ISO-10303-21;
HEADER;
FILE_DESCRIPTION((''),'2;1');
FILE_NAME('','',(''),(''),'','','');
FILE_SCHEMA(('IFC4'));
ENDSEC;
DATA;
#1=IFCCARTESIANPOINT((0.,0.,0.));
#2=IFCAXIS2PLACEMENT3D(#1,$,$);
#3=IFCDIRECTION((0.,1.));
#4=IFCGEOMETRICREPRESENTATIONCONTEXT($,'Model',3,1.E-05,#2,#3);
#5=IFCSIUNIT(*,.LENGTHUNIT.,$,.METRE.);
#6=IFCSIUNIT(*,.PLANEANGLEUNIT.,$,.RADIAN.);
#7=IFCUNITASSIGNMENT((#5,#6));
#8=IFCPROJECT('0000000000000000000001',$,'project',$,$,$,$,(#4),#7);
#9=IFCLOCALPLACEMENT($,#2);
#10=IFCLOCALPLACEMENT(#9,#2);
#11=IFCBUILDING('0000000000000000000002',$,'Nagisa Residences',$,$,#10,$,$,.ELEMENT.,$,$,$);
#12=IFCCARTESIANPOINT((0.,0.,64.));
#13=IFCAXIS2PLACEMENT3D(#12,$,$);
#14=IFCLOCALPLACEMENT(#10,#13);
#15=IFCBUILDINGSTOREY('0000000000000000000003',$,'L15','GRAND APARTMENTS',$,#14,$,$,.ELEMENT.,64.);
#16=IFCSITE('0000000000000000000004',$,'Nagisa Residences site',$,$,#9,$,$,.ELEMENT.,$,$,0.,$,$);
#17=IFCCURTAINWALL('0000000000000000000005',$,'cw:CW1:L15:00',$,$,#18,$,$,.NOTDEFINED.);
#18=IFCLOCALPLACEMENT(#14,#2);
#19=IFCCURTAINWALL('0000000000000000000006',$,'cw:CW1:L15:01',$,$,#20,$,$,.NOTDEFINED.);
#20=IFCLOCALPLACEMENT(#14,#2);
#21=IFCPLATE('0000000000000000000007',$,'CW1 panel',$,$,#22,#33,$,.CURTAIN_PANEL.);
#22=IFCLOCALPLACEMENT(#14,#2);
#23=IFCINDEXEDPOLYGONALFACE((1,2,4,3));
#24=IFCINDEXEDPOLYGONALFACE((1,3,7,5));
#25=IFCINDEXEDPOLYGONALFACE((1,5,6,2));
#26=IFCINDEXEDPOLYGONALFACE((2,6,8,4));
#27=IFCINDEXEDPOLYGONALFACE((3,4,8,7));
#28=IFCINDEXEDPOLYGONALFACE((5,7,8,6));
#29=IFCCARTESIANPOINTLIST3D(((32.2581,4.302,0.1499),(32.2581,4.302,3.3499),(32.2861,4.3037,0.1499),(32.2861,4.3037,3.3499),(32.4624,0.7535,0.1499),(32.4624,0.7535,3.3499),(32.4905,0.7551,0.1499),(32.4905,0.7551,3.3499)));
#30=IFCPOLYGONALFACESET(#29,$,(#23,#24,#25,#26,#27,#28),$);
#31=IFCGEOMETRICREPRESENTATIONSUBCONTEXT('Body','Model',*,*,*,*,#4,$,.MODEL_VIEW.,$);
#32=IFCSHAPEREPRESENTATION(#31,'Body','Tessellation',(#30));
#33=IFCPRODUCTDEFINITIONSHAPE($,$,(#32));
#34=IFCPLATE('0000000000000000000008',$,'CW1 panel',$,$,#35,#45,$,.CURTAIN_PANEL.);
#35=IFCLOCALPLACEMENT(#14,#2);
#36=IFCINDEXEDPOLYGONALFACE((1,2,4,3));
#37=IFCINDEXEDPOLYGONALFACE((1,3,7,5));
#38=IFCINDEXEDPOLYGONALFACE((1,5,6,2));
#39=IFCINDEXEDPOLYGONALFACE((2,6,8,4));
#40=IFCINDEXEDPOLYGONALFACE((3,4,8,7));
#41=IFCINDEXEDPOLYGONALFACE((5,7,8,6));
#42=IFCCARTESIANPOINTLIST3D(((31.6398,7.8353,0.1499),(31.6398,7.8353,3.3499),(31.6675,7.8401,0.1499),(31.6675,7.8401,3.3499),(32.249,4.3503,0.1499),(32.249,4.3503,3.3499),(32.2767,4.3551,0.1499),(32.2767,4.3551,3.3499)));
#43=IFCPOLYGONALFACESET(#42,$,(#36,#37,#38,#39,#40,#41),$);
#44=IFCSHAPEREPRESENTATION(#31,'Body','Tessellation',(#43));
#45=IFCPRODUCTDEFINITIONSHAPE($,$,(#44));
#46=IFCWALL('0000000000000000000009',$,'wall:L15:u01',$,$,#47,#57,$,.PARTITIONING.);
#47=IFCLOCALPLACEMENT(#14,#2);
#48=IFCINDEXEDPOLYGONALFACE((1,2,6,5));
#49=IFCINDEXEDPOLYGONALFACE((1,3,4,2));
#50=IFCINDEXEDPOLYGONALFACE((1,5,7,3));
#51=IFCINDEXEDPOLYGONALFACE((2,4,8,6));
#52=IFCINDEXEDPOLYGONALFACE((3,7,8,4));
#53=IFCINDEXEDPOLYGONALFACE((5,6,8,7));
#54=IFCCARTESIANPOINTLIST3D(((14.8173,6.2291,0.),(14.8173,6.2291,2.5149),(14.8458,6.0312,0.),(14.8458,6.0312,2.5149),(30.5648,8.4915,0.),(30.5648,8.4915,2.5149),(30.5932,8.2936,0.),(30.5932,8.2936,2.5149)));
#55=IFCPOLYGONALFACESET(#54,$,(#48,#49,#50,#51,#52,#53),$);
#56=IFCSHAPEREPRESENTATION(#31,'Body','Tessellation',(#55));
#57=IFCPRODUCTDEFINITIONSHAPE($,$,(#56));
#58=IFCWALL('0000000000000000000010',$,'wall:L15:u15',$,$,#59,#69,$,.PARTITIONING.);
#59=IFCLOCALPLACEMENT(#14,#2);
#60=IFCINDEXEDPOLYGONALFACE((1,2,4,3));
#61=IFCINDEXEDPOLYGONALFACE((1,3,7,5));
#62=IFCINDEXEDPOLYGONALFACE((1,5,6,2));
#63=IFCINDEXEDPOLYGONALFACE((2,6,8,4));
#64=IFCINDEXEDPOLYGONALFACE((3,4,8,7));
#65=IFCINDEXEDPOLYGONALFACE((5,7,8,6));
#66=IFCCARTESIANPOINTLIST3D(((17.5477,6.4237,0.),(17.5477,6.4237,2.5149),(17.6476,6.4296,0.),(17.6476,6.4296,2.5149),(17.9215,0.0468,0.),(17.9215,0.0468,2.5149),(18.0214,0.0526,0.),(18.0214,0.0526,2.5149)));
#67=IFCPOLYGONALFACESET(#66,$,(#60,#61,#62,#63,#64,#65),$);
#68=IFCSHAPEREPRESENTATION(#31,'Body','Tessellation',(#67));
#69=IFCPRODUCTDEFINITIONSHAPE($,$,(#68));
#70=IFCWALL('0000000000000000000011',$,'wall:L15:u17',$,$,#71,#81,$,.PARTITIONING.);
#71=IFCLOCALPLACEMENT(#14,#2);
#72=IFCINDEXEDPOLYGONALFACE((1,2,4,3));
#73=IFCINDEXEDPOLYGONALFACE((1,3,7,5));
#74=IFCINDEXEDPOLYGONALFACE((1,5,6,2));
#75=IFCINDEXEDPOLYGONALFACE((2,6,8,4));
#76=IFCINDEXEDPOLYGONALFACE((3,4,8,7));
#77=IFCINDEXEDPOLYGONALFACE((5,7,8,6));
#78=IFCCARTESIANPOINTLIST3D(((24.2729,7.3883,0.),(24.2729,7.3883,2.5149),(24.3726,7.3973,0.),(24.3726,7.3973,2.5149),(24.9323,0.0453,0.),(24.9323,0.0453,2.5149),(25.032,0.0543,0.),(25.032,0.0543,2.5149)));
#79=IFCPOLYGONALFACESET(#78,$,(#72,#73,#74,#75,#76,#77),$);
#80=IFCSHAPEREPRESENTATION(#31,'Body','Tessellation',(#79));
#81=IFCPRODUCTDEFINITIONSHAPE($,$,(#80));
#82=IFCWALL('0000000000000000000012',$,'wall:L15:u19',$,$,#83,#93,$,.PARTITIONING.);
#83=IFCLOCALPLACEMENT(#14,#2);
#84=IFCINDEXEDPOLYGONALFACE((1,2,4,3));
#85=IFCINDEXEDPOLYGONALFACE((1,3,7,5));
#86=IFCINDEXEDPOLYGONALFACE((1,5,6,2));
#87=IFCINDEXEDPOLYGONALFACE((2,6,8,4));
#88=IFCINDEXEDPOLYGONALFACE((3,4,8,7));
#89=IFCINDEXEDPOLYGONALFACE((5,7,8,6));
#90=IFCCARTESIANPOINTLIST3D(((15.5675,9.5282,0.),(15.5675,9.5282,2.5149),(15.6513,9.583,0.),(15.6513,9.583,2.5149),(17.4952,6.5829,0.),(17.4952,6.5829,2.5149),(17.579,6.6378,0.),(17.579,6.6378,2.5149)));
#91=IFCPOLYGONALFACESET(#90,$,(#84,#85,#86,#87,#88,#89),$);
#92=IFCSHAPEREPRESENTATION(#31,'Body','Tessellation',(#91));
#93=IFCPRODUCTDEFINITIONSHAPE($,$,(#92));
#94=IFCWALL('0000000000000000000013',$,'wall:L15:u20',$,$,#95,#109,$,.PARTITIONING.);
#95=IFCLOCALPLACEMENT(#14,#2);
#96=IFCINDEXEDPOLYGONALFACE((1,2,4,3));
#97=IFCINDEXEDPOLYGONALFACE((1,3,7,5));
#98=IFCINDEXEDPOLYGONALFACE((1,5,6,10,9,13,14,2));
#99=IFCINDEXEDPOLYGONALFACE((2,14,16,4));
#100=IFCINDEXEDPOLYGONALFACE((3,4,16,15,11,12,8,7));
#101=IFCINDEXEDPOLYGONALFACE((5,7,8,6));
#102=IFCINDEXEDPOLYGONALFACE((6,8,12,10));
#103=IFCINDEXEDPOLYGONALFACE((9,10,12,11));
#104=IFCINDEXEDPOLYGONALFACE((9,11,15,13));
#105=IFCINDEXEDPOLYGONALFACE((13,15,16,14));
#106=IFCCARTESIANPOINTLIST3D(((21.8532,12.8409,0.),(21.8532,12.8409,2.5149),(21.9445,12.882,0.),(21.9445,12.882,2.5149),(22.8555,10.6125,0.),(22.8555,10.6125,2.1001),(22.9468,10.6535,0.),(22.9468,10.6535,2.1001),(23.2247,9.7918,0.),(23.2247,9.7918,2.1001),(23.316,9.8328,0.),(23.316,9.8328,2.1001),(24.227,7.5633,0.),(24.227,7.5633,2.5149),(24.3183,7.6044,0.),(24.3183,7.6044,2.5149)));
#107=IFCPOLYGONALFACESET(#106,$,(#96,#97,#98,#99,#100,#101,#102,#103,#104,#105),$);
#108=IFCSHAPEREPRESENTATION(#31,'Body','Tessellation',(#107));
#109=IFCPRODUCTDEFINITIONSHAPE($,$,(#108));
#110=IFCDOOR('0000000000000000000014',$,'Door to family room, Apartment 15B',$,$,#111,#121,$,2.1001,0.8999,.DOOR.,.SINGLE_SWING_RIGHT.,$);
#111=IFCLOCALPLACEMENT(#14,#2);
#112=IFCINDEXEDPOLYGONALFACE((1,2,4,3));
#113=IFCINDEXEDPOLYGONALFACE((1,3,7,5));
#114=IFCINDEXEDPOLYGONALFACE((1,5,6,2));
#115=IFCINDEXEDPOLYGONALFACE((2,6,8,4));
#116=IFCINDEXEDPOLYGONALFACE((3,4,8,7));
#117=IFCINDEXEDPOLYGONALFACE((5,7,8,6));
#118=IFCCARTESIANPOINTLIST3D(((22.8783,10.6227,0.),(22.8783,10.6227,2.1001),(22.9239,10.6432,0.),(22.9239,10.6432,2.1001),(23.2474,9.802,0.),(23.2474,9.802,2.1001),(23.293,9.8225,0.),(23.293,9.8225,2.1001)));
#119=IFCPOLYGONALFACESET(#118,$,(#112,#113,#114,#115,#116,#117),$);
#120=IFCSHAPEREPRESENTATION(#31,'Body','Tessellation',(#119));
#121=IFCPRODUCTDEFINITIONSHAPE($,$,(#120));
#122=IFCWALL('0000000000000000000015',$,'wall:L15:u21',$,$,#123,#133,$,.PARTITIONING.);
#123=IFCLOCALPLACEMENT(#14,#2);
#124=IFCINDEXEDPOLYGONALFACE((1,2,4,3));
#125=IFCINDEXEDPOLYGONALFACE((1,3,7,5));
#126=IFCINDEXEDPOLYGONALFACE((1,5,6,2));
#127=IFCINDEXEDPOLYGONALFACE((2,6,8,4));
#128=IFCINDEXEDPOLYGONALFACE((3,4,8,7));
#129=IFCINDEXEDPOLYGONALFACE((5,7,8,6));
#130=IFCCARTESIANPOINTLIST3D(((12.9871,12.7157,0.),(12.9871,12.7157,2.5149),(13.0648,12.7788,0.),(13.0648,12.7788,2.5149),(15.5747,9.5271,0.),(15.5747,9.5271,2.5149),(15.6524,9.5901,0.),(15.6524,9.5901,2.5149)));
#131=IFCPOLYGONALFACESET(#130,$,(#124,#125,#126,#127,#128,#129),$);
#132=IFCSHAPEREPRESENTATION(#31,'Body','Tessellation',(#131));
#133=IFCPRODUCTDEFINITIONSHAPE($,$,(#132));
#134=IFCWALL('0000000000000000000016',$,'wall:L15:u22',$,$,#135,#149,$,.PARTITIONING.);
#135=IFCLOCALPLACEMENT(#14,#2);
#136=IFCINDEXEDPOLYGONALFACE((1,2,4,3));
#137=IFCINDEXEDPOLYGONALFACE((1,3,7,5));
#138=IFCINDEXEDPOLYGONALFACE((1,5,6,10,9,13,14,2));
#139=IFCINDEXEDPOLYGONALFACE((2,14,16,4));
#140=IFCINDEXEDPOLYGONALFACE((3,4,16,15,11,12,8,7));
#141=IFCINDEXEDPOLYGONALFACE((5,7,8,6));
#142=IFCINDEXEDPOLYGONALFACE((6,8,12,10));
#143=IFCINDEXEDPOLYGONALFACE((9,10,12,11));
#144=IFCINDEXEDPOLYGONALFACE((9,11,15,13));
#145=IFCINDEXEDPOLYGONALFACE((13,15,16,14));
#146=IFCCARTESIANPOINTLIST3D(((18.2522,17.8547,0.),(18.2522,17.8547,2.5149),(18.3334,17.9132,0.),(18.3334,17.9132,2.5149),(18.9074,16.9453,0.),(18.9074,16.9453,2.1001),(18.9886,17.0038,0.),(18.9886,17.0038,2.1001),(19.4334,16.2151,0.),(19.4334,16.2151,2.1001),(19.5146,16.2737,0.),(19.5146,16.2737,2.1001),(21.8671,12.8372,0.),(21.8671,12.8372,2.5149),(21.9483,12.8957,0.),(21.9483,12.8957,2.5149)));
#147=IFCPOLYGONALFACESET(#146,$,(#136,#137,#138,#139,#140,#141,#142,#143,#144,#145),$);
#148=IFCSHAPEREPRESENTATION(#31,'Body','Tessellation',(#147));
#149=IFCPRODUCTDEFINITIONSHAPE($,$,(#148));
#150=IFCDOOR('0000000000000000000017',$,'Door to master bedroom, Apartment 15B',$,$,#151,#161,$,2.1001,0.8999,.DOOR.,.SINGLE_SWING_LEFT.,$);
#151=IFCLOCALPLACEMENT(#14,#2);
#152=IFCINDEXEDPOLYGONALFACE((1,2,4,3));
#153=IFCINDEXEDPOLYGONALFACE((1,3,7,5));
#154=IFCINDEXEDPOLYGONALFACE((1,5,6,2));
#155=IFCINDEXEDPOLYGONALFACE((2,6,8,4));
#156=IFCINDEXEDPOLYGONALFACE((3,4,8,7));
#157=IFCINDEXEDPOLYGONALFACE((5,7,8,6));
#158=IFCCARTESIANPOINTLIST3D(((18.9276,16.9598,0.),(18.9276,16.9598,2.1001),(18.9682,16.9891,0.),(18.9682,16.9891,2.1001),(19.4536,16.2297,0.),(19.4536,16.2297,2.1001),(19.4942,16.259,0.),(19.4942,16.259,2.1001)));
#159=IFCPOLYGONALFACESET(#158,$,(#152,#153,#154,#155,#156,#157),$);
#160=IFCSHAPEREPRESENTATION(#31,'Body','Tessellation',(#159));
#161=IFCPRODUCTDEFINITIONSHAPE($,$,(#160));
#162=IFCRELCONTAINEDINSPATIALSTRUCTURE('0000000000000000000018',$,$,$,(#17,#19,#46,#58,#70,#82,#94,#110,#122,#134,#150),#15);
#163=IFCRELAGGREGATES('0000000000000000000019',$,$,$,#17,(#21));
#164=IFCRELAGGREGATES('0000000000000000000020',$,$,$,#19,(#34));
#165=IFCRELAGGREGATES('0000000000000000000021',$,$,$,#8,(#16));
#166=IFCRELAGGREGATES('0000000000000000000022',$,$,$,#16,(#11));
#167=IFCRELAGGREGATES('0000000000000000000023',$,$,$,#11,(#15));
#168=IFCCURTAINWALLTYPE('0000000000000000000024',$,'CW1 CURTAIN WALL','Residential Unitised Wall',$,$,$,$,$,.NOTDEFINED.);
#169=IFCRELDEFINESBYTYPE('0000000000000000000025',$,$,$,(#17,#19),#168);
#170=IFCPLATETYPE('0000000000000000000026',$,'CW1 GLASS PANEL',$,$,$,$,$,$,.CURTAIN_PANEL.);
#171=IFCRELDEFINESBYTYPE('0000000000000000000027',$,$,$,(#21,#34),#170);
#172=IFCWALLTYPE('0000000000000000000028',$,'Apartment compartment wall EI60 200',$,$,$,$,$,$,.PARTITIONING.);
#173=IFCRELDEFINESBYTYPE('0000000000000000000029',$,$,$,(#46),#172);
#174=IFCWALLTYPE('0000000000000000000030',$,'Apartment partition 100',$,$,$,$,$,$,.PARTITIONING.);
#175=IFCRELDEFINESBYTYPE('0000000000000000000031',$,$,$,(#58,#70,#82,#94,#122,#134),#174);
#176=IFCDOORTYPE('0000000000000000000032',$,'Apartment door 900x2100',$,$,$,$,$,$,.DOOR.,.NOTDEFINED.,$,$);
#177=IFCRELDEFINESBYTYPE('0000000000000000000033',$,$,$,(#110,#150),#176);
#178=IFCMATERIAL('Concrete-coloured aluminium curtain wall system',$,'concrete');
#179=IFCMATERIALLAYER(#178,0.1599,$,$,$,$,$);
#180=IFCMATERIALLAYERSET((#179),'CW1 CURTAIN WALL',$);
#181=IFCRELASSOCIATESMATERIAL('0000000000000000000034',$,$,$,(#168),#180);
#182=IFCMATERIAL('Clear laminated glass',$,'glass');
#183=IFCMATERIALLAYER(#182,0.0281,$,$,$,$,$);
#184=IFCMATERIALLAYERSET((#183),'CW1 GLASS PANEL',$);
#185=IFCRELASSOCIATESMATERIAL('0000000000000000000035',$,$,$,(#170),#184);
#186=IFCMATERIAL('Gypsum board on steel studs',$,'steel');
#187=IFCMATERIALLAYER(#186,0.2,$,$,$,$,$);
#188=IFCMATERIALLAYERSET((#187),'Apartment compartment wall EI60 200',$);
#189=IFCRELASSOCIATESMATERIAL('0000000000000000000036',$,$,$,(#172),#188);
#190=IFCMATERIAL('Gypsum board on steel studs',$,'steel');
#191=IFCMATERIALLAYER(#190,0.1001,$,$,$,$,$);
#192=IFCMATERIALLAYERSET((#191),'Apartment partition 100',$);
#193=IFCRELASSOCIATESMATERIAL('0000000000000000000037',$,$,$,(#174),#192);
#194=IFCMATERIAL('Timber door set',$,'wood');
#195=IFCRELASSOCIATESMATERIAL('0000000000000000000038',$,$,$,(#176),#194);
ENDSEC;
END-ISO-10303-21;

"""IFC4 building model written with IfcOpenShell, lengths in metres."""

from ifc_helpers import new_model, si_unit, direction, frame, frame_2d, origin, origin_2d, place, context, subcontext, project, spatial, rectangle, extrude, material, layer, layer_set, type_object, element, fill, aggregate, save


model = new_model("IFC4")

# Units and contexts
model_context = context("Model", 3, precision=1e-05, world=origin(), true_north=direction((0.0, 1.0)))
body_context = subcontext(model_context, "Body", "Model", "MODEL_VIEW")
ifc_project = project(units=[si_unit("LENGTHUNIT", "METRE"), si_unit("PLANEANGLEUNIT", "RADIAN")], contexts=[model_context])

# Site, building, storey
site_placement = place(None, origin())
site = spatial("IfcSite", under=ifc_project, at=site_placement, Name="Nagisa Residences site", CompositionType="ELEMENT", RefElevation=0.0)
building_placement = place(site_placement, origin())
building = spatial("IfcBuilding", under=site, at=building_placement, Name="Nagisa Residences", CompositionType="ELEMENT")
storey_placement = place(building_placement, frame((0.0, 0.0, 64.0)))
storey = spatial("IfcBuildingStorey", under=building, at=storey_placement, Name="L15", Description="GRAND APARTMENTS", CompositionType="ELEMENT", Elevation=64.0)

# Curtain walls
ifc_material_1 = material(Name="Concrete-coloured aluminium curtain wall system", Category="concrete")
ifc_layer_1 = layer(ifc_material_1, 0.1599)
ifc_layer_set_1 = layer_set([ifc_layer_1], Name="CW1 CURTAIN WALL")
curtain_wall_type = type_object("IfcCurtainWallType", Name="CW1 CURTAIN WALL", Description="Residential Unitised Wall", PredefinedType="NOTDEFINED", material=ifc_layer_set_1)
curtain_wall_1_placement = place(storey_placement, origin())
curtain_wall_1 = element("IfcCurtainWall", 1, at=curtain_wall_1_placement, inside=storey, type_object=curtain_wall_type, Name="cw:CW1:L15:00", PredefinedType="NOTDEFINED")
curtain_wall_2_placement = place(storey_placement, origin())
curtain_wall_2 = element("IfcCurtainWall", 2, at=curtain_wall_2_placement, inside=storey, type_object=curtain_wall_type, Name="cw:CW1:L15:01", PredefinedType="NOTDEFINED")

# Plates
ifc_material_2 = material(Name="Clear laminated glass", Category="glass")
ifc_layer_2 = layer(ifc_material_2, 0.0281)
ifc_layer_set_2 = layer_set([ifc_layer_2], Name="CW1 GLASS PANEL")
plate_type = type_object("IfcPlateType", Name="CW1 GLASS PANEL", PredefinedType="CURTAIN_PANEL", material=ifc_layer_set_2)
plate_1_placement = place(storey_placement, frame((32.3743, 2.5286, 0.1499), z_axis=(0.0, 0.0, 1.0), x_axis=(-0.057503, 0.998345, 0.0)))
plate_1 = element("IfcPlate", 3, at=plate_1_placement, type_object=plate_type, Name="CW1 panel", PredefinedType="CURTAIN_PANEL", context=body_context, shape_type="SweptSolid", body=[
    extrude(rectangle(XDim=3.5544, YDim=0.0281, at=origin_2d()), origin(), (0.0, 0.0, 1.0), 3.2),
])
aggregate(curtain_wall_1, [plate_1])
plate_2_placement = place(storey_placement, frame((31.9583, 6.0952, 0.1499), z_axis=(0.0, 0.0, 1.0), x_axis=(-0.172191, 0.985064, 0.0)))
plate_2 = element("IfcPlate", 4, at=plate_2_placement, type_object=plate_type, Name="CW1 panel", PredefinedType="CURTAIN_PANEL", context=body_context, shape_type="SweptSolid", body=[
    extrude(rectangle(XDim=3.5378, YDim=0.0281, at=origin_2d()), origin(), (0.0, 0.0, 1.0), 3.2),
])
aggregate(curtain_wall_2, [plate_2])

# Walls
ifc_material_3 = material(Name="Gypsum board on steel studs", Category="steel")
ifc_layer_3 = layer(ifc_material_3, 0.2)
ifc_layer_set_3 = layer_set([ifc_layer_3], Name="Apartment compartment wall EI60 200")
wall_type_1 = type_object("IfcWallType", Name="Apartment compartment wall EI60 200", PredefinedType="PARTITIONING", material=ifc_layer_set_3)
wall_1_placement = place(storey_placement, frame((14.8315, 6.1301, 0.0), z_axis=(0.0, 0.0, 1.0), x_axis=(0.989837, 0.14221, 0.0)))
element("IfcWall", 5, at=wall_1_placement, inside=storey, type_object=wall_type_1, Name="wall:L15:u01", PredefinedType="PARTITIONING", context=body_context, shape_type="SweptSolid", body=[
    extrude(rectangle(XDim=15.9092, YDim=0.2, at=frame_2d((7.9546, 0.0))), origin(), (0.0, 0.0, 1.0), 2.5149),
])
ifc_material_4 = material(Name="Gypsum board on steel studs", Category="steel")
ifc_layer_4 = layer(ifc_material_4, 0.1001)
ifc_layer_set_4 = layer_set([ifc_layer_4], Name="Apartment partition 100")
wall_type_2 = type_object("IfcWallType", Name="Apartment partition 100", PredefinedType="PARTITIONING", material=ifc_layer_set_4)
wall_2_placement = place(storey_placement, frame((17.9714, 0.0498, 0.0), z_axis=(0.0, 0.0, 1.0), x_axis=(-0.058514, 0.998287, 0.0)))
element("IfcWall", 6, at=wall_2_placement, inside=storey, type_object=wall_type_2, Name="wall:L15:u15", PredefinedType="PARTITIONING", context=body_context, shape_type="SweptSolid", body=[
    extrude(rectangle(XDim=6.3879, YDim=0.1001, at=frame_2d((3.1938, 0.0))), origin(), (0.0, 0.0, 1.0), 2.5149),
])
wall_3_placement = place(storey_placement, frame((24.9822, 0.0498, 0.0), z_axis=(0.0, 0.0, 1.0), x_axis=(-0.089443, 0.995992, 0.0)))
element("IfcWall", 7, at=wall_3_placement, inside=storey, type_object=wall_type_2, Name="wall:L15:u17", PredefinedType="PARTITIONING", context=body_context, shape_type="SweptSolid", body=[
    extrude(rectangle(XDim=7.3726, YDim=0.1001, at=frame_2d((3.6863, 0.0))), origin(), (0.0, 0.0, 1.0), 2.5149),
])
wall_4_placement = place(storey_placement, frame((17.5371, 6.6104, 0.0), z_axis=(0.0, 0.0, 1.0), x_axis=(-0.547638, 0.836715, 0.0)))
element("IfcWall", 8, at=wall_4_placement, inside=storey, type_object=wall_type_2, Name="wall:L15:u19", PredefinedType="PARTITIONING", context=body_context, shape_type="SweptSolid", body=[
    extrude(rectangle(XDim=3.52, YDim=0.1001, at=frame_2d((1.76, 0.0))), origin(), (0.0, 0.0, 1.0), 2.5149),
])

# Wall, opening, door
wall_5_placement = place(storey_placement, frame((24.2727, 7.5837, 0.0), z_axis=(0.0, 0.0, 1.0), x_axis=(-0.410202, 0.911995, 0.0)))
wall_5 = element("IfcWall", 9, at=wall_5_placement, inside=storey, type_object=wall_type_2, Name="wall:L15:u20", PredefinedType="PARTITIONING", context=body_context, shape_type="SweptSolid", body=[
    extrude(rectangle(XDim=5.7869, YDim=0.1001, at=frame_2d((2.8936, 0.0))), origin(), (0.0, 0.0, 1.0), 2.5149),
])
opening_1_placement = place(wall_5_placement, frame((2.4436, 0.0, 0.0)))
opening_1 = element("IfcOpeningElement", 10, at=opening_1_placement, cuts=wall_5, PredefinedType="OPENING", context=body_context, shape_type="SweptSolid", body=[
    extrude(rectangle(XDim=0.8999, YDim=2.1001, at=frame_2d((0.45, 1.05))), frame((0.0, 0.0601, 0.0), z_axis=(0.0, -1.0, 0.0), x_axis=(1.0, 0.0, 0.0)), (0.0, 0.0, 1.0), 0.1201),
])
ifc_material_5 = material(Name="Timber door set", Category="wood")
door_type_1 = type_object("IfcDoorType", Name="Apartment door 900x2100", OperationType="NOTDEFINED", PredefinedType="DOOR", material=ifc_material_5)
door_1_placement = place(opening_1_placement, frame((0.8999, 0.0, 0.0), x_axis=(-1.0, 0.0, 0.0)))
door_1 = element("IfcDoor", 11, at=door_1_placement, inside=storey, type_object=door_type_1, Name="Door to family room, Apartment 15B", OperationType="SINGLE_SWING_RIGHT", OverallHeight=2.1001, OverallWidth=0.8999, PredefinedType="DOOR", context=body_context, shape_type="SweptSolid", body=[
    extrude(rectangle(XDim=0.8999, YDim=2.1001, at=frame_2d((0.45, 1.05))), frame((0.0, 0.0249, 0.0), z_axis=(0.0, -1.0, 0.0), x_axis=(1.0, 0.0, 0.0)), (0.0, 0.0, 1.0), 0.05),
])
fill(opening_1, door_1)

# Wall
wall_6_placement = place(storey_placement, frame((15.6135, 9.5586, 0.0), z_axis=(0.0, 0.0, 1.0), x_axis=(-0.630125, 0.776494, 0.0)))
element("IfcWall", 12, at=wall_6_placement, inside=storey, type_object=wall_type_2, Name="wall:L15:u21", PredefinedType="PARTITIONING", context=body_context, shape_type="SweptSolid", body=[
    extrude(rectangle(XDim=4.1064, YDim=0.1001, at=frame_2d((2.0532, 0.0))), origin(), (0.0, 0.0, 1.0), 2.5149),
])

# Wall, opening, door
wall_7_placement = place(storey_placement, frame((21.9077, 12.8665, 0.0), z_axis=(0.0, 0.0, 1.0), x_axis=(-0.584553, 0.811355, 0.0)))
wall_7 = element("IfcWall", 13, at=wall_7_placement, inside=storey, type_object=wall_type_2, Name="wall:L15:u22", PredefinedType="PARTITIONING", context=body_context, shape_type="SweptSolid", body=[
    extrude(rectangle(XDim=6.1841, YDim=0.1001, at=frame_2d((3.092, 0.0))), origin(), (0.0, 0.0, 1.0), 2.5149),
])
opening_2_placement = place(wall_7_placement, frame((4.1633, 0.0, 0.0)))
opening_2 = element("IfcOpeningElement", 14, at=opening_2_placement, cuts=wall_7, PredefinedType="OPENING", context=body_context, shape_type="SweptSolid", body=[
    extrude(rectangle(XDim=0.8999, YDim=2.1001, at=frame_2d((0.45, 1.05))), frame((0.0, 0.0601, 0.0), z_axis=(0.0, -1.0, 0.0), x_axis=(1.0, 0.0, 0.0)), (0.0, 0.0, 1.0), 0.1201),
])
door_2_placement = place(opening_2_placement, frame((0.8999, 0.0, 0.0), x_axis=(-1.0, 0.0, 0.0)))
door_2 = element("IfcDoor", 15, at=door_2_placement, inside=storey, type_object=door_type_1, Name="Door to master bedroom, Apartment 15B", OperationType="SINGLE_SWING_LEFT", OverallHeight=2.1001, OverallWidth=0.8999, PredefinedType="DOOR", context=body_context, shape_type="SweptSolid", body=[
    extrude(rectangle(XDim=0.8999, YDim=2.1001, at=frame_2d((0.45, 1.05))), frame((0.0, 0.0249, 0.0), z_axis=(0.0, -1.0, 0.0), x_axis=(1.0, 0.0, 0.0)), (0.0, 0.0, 1.0), 0.05),
])
fill(opening_2, door_2)

save(model, "model.ifc")
